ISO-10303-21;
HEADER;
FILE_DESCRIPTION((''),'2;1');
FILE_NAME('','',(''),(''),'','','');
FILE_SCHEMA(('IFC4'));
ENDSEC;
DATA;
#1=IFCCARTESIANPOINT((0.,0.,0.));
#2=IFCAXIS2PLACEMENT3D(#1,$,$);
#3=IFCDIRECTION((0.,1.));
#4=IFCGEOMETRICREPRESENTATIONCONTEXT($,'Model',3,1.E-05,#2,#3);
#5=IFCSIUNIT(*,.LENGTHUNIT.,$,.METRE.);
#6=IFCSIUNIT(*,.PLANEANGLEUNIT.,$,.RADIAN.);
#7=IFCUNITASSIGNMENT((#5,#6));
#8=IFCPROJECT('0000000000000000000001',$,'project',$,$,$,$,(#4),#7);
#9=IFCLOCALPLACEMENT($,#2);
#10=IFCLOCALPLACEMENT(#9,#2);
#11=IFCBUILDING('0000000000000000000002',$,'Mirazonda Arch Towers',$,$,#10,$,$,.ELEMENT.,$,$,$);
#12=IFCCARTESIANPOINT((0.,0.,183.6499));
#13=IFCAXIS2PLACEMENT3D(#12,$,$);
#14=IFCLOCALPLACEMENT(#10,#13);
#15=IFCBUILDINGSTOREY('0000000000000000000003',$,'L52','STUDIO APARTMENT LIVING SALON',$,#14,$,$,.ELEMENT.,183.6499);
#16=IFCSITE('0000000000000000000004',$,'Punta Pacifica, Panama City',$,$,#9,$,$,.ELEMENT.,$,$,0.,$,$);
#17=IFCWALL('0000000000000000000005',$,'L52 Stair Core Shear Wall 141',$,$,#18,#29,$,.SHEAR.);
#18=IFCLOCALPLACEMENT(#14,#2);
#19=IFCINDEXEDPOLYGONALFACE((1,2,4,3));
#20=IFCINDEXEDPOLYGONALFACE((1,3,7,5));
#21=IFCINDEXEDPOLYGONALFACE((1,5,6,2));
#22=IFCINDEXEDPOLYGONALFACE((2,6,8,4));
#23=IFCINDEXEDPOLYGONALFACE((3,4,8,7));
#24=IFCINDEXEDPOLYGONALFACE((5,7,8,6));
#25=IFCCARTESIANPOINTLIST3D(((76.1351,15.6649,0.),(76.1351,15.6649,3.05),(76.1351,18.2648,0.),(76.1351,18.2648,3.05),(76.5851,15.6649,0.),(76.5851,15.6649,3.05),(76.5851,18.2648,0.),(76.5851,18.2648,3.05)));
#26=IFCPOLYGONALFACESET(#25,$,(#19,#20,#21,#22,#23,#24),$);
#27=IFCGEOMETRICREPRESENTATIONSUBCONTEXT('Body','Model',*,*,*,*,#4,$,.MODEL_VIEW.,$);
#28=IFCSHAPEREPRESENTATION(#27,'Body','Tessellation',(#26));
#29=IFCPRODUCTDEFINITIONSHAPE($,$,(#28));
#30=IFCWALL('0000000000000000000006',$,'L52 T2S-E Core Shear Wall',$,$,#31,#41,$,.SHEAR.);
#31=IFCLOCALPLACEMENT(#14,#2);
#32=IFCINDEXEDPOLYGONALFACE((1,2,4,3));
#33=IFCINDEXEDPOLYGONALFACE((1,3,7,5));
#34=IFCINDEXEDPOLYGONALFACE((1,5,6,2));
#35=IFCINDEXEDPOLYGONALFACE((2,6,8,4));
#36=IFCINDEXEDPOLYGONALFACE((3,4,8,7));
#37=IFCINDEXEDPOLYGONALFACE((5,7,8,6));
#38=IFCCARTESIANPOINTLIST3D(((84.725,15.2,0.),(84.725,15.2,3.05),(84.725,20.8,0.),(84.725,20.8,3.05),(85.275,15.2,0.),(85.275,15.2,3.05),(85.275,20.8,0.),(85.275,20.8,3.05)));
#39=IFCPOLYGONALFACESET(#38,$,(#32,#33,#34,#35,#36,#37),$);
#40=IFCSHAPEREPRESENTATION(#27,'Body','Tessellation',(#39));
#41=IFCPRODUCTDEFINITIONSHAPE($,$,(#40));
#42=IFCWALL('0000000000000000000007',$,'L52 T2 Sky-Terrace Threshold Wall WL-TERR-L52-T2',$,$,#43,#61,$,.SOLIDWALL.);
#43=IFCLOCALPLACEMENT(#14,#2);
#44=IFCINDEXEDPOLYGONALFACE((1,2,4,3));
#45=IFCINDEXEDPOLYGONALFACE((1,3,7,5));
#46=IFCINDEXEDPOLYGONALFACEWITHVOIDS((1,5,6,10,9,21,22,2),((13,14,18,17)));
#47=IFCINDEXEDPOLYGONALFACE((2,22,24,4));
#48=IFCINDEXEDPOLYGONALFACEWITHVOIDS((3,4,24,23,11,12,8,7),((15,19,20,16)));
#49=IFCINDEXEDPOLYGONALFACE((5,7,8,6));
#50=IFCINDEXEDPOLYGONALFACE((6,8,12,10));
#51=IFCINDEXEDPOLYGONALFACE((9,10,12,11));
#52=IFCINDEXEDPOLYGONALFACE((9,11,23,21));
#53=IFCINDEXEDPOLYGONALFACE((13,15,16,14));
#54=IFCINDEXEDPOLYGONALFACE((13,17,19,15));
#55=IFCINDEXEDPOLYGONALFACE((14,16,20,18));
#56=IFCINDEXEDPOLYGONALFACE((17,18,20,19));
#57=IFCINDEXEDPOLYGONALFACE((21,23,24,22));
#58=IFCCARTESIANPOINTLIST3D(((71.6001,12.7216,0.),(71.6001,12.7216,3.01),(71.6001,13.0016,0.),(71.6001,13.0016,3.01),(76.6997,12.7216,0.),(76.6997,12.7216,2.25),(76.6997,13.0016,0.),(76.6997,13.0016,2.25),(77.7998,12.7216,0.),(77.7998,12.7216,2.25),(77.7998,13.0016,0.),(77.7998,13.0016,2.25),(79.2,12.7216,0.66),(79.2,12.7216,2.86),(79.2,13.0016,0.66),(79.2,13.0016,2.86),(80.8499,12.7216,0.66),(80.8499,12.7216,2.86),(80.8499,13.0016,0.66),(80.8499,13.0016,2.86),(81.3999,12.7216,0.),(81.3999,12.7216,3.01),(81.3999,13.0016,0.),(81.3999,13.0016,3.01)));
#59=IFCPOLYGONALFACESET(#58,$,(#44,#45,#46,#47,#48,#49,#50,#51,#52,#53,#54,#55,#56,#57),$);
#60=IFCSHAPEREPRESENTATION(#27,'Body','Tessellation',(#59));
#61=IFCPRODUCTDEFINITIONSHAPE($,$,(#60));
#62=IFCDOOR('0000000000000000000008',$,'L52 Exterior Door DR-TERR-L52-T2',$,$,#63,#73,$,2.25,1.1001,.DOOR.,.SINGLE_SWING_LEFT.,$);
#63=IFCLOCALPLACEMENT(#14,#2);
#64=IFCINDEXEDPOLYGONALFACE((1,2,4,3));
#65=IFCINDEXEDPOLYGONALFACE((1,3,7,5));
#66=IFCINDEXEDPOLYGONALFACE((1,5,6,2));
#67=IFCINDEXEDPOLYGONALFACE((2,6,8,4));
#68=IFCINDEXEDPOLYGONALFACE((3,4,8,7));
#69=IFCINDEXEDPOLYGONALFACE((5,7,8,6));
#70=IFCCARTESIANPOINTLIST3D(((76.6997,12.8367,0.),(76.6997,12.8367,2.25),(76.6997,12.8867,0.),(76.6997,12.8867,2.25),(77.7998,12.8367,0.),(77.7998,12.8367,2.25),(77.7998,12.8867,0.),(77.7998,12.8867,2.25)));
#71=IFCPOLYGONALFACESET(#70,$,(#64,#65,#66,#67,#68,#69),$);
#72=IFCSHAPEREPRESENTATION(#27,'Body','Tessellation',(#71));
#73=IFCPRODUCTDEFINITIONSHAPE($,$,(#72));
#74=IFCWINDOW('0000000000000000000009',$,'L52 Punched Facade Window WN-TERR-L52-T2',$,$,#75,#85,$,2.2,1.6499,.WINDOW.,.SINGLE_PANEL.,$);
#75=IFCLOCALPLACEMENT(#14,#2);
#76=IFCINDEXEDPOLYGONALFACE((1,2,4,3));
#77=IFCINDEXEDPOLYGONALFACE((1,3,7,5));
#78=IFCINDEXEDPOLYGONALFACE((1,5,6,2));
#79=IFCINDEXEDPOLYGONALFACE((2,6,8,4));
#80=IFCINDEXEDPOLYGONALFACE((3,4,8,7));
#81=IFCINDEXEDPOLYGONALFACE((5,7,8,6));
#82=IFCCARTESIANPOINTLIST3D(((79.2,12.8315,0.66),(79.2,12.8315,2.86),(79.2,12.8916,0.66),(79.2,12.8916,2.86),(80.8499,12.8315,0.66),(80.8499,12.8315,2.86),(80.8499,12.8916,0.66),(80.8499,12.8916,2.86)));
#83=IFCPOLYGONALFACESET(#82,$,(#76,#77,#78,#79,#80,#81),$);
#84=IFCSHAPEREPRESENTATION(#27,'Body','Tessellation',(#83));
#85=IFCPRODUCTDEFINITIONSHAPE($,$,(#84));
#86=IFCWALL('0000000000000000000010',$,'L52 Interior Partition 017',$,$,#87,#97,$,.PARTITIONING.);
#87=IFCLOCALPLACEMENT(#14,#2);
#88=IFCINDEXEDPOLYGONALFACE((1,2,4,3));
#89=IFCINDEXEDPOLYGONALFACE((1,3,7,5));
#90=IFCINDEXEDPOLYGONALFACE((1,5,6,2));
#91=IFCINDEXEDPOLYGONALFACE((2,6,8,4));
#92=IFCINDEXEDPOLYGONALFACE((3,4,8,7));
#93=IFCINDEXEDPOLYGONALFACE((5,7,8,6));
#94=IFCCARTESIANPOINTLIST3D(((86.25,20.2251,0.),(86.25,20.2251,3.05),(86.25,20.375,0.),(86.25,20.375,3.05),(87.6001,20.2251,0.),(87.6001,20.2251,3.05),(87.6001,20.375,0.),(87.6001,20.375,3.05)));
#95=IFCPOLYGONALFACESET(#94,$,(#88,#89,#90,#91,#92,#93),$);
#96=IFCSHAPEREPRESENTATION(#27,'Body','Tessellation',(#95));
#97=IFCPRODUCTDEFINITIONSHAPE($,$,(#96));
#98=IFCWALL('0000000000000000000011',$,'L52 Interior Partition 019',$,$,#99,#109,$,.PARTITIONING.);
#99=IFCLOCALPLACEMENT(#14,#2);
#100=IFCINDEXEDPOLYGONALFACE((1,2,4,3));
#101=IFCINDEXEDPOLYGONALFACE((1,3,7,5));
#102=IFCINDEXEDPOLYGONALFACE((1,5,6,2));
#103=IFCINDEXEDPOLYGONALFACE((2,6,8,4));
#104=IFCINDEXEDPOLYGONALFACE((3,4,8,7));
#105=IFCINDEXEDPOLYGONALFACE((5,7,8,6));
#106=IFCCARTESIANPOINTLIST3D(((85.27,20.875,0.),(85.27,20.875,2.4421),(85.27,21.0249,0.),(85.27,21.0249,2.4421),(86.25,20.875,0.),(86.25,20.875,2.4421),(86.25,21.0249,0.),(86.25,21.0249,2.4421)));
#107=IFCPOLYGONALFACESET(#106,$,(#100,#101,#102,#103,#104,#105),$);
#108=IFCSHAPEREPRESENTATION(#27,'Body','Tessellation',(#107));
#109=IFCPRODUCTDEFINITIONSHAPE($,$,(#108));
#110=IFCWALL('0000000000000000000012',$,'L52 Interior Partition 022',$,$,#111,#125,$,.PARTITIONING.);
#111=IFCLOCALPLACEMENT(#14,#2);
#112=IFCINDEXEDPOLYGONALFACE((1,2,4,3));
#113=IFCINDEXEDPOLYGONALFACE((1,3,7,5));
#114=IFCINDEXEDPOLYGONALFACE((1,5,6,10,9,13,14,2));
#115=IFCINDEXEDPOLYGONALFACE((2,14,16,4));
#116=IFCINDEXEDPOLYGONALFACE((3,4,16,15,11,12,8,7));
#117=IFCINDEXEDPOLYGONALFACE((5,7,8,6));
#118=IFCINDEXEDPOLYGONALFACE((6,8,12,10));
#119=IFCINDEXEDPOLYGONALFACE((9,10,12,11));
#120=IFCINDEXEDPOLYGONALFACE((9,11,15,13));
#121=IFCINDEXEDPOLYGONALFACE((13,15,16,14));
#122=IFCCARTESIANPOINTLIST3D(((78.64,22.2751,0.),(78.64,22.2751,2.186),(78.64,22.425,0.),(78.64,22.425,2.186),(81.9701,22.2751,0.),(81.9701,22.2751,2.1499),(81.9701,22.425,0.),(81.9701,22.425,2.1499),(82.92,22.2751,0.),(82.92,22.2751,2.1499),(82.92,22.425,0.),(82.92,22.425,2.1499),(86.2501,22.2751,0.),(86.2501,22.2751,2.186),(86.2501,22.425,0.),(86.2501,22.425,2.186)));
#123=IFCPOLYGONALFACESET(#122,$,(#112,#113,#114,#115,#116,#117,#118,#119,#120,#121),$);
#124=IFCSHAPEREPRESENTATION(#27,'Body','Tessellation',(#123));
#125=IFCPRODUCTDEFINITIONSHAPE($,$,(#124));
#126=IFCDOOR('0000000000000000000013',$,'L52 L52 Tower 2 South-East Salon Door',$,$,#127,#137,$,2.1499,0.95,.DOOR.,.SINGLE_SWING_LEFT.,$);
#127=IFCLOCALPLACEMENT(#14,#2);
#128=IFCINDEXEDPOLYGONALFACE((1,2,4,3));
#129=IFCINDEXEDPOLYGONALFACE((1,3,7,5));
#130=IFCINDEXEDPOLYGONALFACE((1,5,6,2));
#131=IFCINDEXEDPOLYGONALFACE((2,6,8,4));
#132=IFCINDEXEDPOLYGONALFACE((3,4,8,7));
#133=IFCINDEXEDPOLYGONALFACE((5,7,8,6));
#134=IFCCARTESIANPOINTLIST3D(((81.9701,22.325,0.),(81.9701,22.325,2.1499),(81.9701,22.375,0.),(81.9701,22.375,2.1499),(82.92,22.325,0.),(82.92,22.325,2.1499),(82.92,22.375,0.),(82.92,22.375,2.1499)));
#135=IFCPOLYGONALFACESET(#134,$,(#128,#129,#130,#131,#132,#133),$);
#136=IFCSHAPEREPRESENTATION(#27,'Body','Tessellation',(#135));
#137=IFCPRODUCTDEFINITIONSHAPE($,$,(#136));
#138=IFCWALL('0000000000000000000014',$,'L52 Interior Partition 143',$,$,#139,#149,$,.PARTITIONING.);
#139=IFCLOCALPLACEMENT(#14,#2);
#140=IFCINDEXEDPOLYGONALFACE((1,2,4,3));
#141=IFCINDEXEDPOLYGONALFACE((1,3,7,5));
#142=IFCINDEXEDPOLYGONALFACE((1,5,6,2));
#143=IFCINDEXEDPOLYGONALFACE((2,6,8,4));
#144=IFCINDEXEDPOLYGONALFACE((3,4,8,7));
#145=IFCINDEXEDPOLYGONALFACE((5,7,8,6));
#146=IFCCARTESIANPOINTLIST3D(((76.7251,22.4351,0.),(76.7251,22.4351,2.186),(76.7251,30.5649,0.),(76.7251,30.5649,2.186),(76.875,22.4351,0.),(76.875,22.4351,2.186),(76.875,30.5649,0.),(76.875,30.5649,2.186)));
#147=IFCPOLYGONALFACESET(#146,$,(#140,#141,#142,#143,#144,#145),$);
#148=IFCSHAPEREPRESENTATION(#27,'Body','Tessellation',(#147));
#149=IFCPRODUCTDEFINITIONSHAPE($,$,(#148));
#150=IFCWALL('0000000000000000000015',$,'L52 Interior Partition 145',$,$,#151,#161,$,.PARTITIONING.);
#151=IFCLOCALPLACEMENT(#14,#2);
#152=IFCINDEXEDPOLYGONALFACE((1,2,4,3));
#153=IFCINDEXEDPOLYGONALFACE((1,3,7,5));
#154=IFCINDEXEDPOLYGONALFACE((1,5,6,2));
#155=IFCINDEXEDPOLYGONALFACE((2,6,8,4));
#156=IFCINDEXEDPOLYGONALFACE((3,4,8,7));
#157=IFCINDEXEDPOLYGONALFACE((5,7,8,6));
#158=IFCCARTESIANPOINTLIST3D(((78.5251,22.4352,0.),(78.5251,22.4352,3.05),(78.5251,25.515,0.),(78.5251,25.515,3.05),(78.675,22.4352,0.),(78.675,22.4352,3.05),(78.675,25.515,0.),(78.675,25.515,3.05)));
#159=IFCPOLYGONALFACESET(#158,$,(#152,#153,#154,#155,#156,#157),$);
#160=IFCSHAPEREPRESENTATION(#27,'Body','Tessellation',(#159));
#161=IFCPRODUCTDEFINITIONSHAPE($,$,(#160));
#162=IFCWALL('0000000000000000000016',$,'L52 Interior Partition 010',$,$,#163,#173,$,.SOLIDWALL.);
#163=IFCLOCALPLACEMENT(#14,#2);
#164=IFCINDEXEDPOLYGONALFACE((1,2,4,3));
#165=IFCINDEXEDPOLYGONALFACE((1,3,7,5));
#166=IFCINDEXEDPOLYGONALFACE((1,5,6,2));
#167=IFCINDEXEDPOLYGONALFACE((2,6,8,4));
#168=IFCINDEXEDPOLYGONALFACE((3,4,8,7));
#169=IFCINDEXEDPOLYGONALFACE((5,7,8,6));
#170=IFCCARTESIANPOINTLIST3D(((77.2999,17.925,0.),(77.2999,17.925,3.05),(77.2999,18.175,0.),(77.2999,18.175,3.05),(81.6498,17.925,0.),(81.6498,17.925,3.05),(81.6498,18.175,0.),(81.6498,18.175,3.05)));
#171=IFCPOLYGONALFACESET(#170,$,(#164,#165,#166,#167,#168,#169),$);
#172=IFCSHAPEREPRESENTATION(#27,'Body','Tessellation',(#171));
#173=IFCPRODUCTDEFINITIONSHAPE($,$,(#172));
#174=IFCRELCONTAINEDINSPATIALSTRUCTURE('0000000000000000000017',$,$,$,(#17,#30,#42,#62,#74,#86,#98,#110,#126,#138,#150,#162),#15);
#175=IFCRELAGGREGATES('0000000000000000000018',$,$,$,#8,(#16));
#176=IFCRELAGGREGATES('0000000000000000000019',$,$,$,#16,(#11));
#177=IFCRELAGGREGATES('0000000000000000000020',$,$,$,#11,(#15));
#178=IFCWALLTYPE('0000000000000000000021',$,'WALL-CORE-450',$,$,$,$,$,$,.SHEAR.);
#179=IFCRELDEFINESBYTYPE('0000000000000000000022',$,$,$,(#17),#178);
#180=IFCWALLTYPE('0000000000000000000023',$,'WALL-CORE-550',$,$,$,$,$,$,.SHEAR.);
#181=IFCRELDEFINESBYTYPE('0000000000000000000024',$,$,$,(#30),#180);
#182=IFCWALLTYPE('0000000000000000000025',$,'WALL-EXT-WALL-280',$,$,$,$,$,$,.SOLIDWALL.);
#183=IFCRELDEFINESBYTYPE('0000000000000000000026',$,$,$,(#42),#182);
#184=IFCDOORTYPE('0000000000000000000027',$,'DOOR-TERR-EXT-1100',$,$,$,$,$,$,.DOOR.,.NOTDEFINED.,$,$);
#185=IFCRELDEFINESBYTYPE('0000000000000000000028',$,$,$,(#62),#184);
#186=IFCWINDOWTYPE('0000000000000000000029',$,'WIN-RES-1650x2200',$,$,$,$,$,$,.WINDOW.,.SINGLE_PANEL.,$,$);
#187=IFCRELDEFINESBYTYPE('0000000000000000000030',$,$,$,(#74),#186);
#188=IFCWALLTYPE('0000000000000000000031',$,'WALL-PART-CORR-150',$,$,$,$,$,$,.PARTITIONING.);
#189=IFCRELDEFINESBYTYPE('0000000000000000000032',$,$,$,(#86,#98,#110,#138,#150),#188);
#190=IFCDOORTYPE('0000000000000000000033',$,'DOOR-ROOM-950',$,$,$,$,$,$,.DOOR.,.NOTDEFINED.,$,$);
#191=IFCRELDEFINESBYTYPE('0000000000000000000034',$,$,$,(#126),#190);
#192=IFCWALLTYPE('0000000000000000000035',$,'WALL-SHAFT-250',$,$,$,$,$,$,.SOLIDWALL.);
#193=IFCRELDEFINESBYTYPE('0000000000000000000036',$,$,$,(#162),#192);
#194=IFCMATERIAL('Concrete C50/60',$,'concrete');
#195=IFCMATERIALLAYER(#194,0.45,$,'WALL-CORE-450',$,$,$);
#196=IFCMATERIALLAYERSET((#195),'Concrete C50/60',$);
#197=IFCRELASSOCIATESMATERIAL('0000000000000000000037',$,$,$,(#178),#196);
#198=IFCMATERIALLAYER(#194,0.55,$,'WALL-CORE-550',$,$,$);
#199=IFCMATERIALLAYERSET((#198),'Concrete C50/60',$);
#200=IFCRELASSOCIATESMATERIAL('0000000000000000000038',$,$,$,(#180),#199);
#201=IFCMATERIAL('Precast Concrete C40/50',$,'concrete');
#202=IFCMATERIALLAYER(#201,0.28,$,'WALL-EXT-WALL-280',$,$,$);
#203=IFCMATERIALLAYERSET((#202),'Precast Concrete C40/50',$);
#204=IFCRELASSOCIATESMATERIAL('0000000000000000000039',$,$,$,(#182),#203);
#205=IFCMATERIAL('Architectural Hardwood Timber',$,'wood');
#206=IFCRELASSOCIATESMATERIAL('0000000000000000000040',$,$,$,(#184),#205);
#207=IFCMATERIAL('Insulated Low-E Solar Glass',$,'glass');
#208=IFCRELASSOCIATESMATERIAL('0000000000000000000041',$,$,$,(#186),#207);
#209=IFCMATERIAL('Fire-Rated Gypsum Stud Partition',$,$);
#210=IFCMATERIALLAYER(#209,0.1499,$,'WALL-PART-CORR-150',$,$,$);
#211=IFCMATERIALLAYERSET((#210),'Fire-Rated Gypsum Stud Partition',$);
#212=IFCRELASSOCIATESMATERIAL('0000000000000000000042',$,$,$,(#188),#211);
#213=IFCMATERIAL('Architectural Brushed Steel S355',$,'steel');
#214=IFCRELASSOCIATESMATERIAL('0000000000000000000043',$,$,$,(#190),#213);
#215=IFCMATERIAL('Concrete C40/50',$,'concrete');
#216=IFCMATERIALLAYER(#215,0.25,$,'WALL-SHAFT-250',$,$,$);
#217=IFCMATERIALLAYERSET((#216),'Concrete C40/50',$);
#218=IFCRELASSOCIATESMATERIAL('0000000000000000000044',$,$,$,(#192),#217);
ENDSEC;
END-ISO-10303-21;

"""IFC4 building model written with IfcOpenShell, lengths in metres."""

from ifc_helpers import new_model, si_unit, direction, frame, frame_2d, origin, place, context, subcontext, project, spatial, rectangle, extrude, material, layer, layer_set, type_object, element, fill, save


model = new_model("IFC4")

# Units and contexts
model_context = context("Model", 3, precision=1e-05, world=origin(), true_north=direction((0.0, 1.0)))
body_context = subcontext(model_context, "Body", "Model", "MODEL_VIEW")
ifc_project = project(units=[si_unit("LENGTHUNIT", "METRE"), si_unit("PLANEANGLEUNIT", "RADIAN")], contexts=[model_context])

# Site, building, storey
site_placement = place(None, origin())
site = spatial("IfcSite", under=ifc_project, at=site_placement, Name="Punta Pacifica, Panama City", CompositionType="ELEMENT", RefElevation=0.0)
building_placement = place(site_placement, origin())
building = spatial("IfcBuilding", under=site, at=building_placement, Name="Mirazonda Arch Towers", CompositionType="ELEMENT")
storey_placement = place(building_placement, frame((0.0, 0.0, 183.6499)))
storey = spatial("IfcBuildingStorey", under=building, at=storey_placement, Name="L52", Description="STUDIO APARTMENT LIVING SALON", CompositionType="ELEMENT", Elevation=183.6499)

# Shared definitions
ifc_material_1 = material(Name="Concrete C50/60", Category="concrete")

# Shared definitions
ifc_material_2 = material(Name="Insulated Low-E Solar Glass", Category="glass")

# Walls
ifc_layer_1 = layer(ifc_material_1, 0.45, Name="WALL-CORE-450")
ifc_layer_set_1 = layer_set([ifc_layer_1], Name="Concrete C50/60")
wall_type_1 = type_object("IfcWallType", Name="WALL-CORE-450", PredefinedType="SHEAR", material=ifc_layer_set_1)
wall_1_placement = place(storey_placement, frame((76.3601, 15.665, 0.0), z_axis=(0.0, 0.0, 1.0), x_axis=(0.0, 1.0, 0.0)))
element("IfcWall", 1, at=wall_1_placement, inside=storey, type_object=wall_type_1, Name="L52 Stair Core Shear Wall 141", PredefinedType="SHEAR", context=body_context, shape_type="SweptSolid", body=[
    extrude(rectangle(XDim=2.5999, YDim=0.45, at=frame_2d((1.2998, 0.0))), origin(), (0.0, 0.0, 1.0), 3.05),
])
ifc_layer_2 = layer(ifc_material_1, 0.55, Name="WALL-CORE-550")
ifc_layer_set_2 = layer_set([ifc_layer_2], Name="Concrete C50/60")
wall_type_2 = type_object("IfcWallType", Name="WALL-CORE-550", PredefinedType="SHEAR", material=ifc_layer_set_2)
wall_2_placement = place(storey_placement, frame((85.0, 15.2, 0.0), z_axis=(0.0, 0.0, 1.0), x_axis=(0.0, 1.0, 0.0)))
element("IfcWall", 2, at=wall_2_placement, inside=storey, type_object=wall_type_2, Name="L52 T2S-E Core Shear Wall", PredefinedType="SHEAR", context=body_context, shape_type="SweptSolid", body=[
    extrude(rectangle(XDim=5.6001, YDim=0.55, at=frame_2d((2.8, 0.0))), origin(), (0.0, 0.0, 1.0), 3.05),
])

# Wall, openings, door, window
ifc_material_3 = material(Name="Precast Concrete C40/50", Category="concrete")
ifc_layer_3 = layer(ifc_material_3, 0.28, Name="WALL-EXT-WALL-280")
ifc_layer_set_3 = layer_set([ifc_layer_3], Name="Precast Concrete C40/50")
wall_type_3 = type_object("IfcWallType", Name="WALL-EXT-WALL-280", PredefinedType="SOLIDWALL", material=ifc_layer_set_3)
wall_3_placement = place(storey_placement, frame((81.3999, 12.8616, 0.0), z_axis=(0.0, 0.0, 1.0), x_axis=(-1.0, 0.0, 0.0)))
wall_3 = element("IfcWall", 3, at=wall_3_placement, inside=storey, type_object=wall_type_3, Name="L52 T2 Sky-Terrace Threshold Wall WL-TERR-L52-T2", PredefinedType="SOLIDWALL", context=body_context, shape_type="SweptSolid", body=[
    extrude(rectangle(XDim=9.7998, YDim=0.28, at=frame_2d((4.8999, 0.0))), origin(), (0.0, 0.0, 1.0), 3.01),
])
opening_1_placement = place(wall_3_placement, frame((0.55, 0.0, 0.6599)))
opening_1 = element("IfcOpeningElement", 4, at=opening_1_placement, cuts=wall_3, PredefinedType="OPENING", context=body_context, shape_type="SweptSolid", body=[
    extrude(rectangle(XDim=1.6499, YDim=2.2, at=frame_2d((0.825, 1.1001))), frame((0.0, 0.1499, 0.0), z_axis=(0.0, -1.0, 0.0), x_axis=(1.0, 0.0, 0.0)), (0.0, 0.0, 1.0), 0.3),
])
opening_2_placement = place(wall_3_placement, frame((3.6001, 0.0, 0.0)))
opening_2 = element("IfcOpeningElement", 5, at=opening_2_placement, cuts=wall_3, PredefinedType="OPENING", context=body_context, shape_type="SweptSolid", body=[
    extrude(rectangle(XDim=1.1001, YDim=2.25, at=frame_2d((0.55, 1.125))), frame((0.0, 0.1499, 0.0), z_axis=(0.0, -1.0, 0.0), x_axis=(1.0, 0.0, 0.0)), (0.0, 0.0, 1.0), 0.3),
])
ifc_material_4 = material(Name="Architectural Hardwood Timber", Category="wood")
door_type_1 = type_object("IfcDoorType", Name="DOOR-TERR-EXT-1100", OperationType="NOTDEFINED", PredefinedType="DOOR", material=ifc_material_4)
door_1_placement = place(opening_2_placement, origin())
door_1 = element("IfcDoor", 6, at=door_1_placement, inside=storey, type_object=door_type_1, Name="L52 Exterior Door DR-TERR-L52-T2", OperationType="SINGLE_SWING_LEFT", OverallHeight=2.25, OverallWidth=1.1001, PredefinedType="DOOR", context=body_context, shape_type="SweptSolid", body=[
    extrude(rectangle(XDim=1.1001, YDim=2.25, at=frame_2d((0.55, 1.125))), frame((0.0, 0.0249, 0.0), z_axis=(0.0, -1.0, 0.0), x_axis=(1.0, 0.0, 0.0)), (0.0, 0.0, 1.0), 0.05),
])
fill(opening_2, door_1)
window_type = type_object("IfcWindowType", Name="WIN-RES-1650x2200", PartitioningType="SINGLE_PANEL", PredefinedType="WINDOW", material=ifc_material_2)
window_placement = place(opening_1_placement, origin())
window = element("IfcWindow", 7, at=window_placement, inside=storey, type_object=window_type, Name="L52 Punched Facade Window WN-TERR-L52-T2", OverallHeight=2.2, OverallWidth=1.6499, PartitioningType="SINGLE_PANEL", PredefinedType="WINDOW", context=body_context, shape_type="SweptSolid", body=[
    extrude(rectangle(XDim=1.6499, YDim=2.2, at=frame_2d((0.825, 1.1001))), frame((0.0, 0.03, 0.0), z_axis=(0.0, -1.0, 0.0), x_axis=(1.0, 0.0, 0.0)), (0.0, 0.0, 1.0), 0.0601),
])
fill(opening_1, window)

# Walls
ifc_material_5 = material(Name="Fire-Rated Gypsum Stud Partition")
ifc_layer_4 = layer(ifc_material_5, 0.1499, Name="WALL-PART-CORR-150")
ifc_layer_set_4 = layer_set([ifc_layer_4], Name="Fire-Rated Gypsum Stud Partition")
wall_type_4 = type_object("IfcWallType", Name="WALL-PART-CORR-150", PredefinedType="PARTITIONING", material=ifc_layer_set_4)
wall_4_placement = place(storey_placement, frame((86.25, 20.3, 0.0), z_axis=(0.0, 0.0, 1.0), x_axis=(1.0, 0.0, 0.0)))
element("IfcWall", 8, at=wall_4_placement, inside=storey, type_object=wall_type_4, Name="L52 Interior Partition 017", PredefinedType="PARTITIONING", context=body_context, shape_type="SweptSolid", body=[
    extrude(rectangle(XDim=1.3501, YDim=0.1499, at=frame_2d((0.675, 0.0))), origin(), (0.0, 0.0, 1.0), 3.05),
])
wall_5_placement = place(storey_placement, frame((85.27, 20.95, 0.0), z_axis=(0.0, 0.0, 1.0), x_axis=(1.0, 0.0, 0.0)))
element("IfcWall", 9, at=wall_5_placement, inside=storey, type_object=wall_type_4, Name="L52 Interior Partition 019", PredefinedType="PARTITIONING", context=body_context, shape_type="SweptSolid", body=[
    extrude(rectangle(XDim=0.98, YDim=0.1499, at=frame_2d((0.49, 0.0))), origin(), (0.0, 0.0, 1.0), 2.4421),
])

# Wall, opening, door
wall_6_placement = place(storey_placement, frame((78.6399, 22.3501, 0.0), z_axis=(0.0, 0.0, 1.0), x_axis=(1.0, 0.0, 0.0)))
wall_6 = element("IfcWall", 10, at=wall_6_placement, inside=storey, type_object=wall_type_4, Name="L52 Interior Partition 022", PredefinedType="PARTITIONING", context=body_context, shape_type="SweptSolid", body=[
    extrude(rectangle(XDim=7.6101, YDim=0.1499, at=frame_2d((3.8052, 0.0))), origin(), (0.0, 0.0, 1.0), 2.186),
])
opening_3_placement = place(wall_6_placement, frame((3.3301, 0.0, 0.0)))
opening_3 = element("IfcOpeningElement", 11, at=opening_3_placement, cuts=wall_6, PredefinedType="OPENING", context=body_context, shape_type="SweptSolid", body=[
    extrude(rectangle(XDim=0.95, YDim=2.1499, at=frame_2d((0.4751, 1.075))), frame((0.0, 0.085, 0.0), z_axis=(0.0, -1.0, 0.0), x_axis=(1.0, 0.0, 0.0)), (0.0, 0.0, 1.0), 0.1699),
])
ifc_material_6 = material(Name="Architectural Brushed Steel S355", Category="steel")
door_type_2 = type_object("IfcDoorType", Name="DOOR-ROOM-950", OperationType="NOTDEFINED", PredefinedType="DOOR", material=ifc_material_6)
door_2_placement = place(opening_3_placement, origin())
door_2 = element("IfcDoor", 12, at=door_2_placement, inside=storey, type_object=door_type_2, Name="L52 L52 Tower 2 South-East Salon Door", OperationType="SINGLE_SWING_LEFT", OverallHeight=2.1499, OverallWidth=0.95, PredefinedType="DOOR", context=body_context, shape_type="SweptSolid", body=[
    extrude(rectangle(XDim=0.95, YDim=2.1499, at=frame_2d((0.4751, 1.075))), frame((0.0, 0.0249, 0.0), z_axis=(0.0, -1.0, 0.0), x_axis=(1.0, 0.0, 0.0)), (0.0, 0.0, 1.0), 0.05),
])
fill(opening_3, door_2)

# Walls
wall_7_placement = place(storey_placement, frame((76.8, 22.4351, 0.0), z_axis=(0.0, 0.0, 1.0), x_axis=(0.0, 1.0, 0.0)))
element("IfcWall", 13, at=wall_7_placement, inside=storey, type_object=wall_type_4, Name="L52 Interior Partition 143", PredefinedType="PARTITIONING", context=body_context, shape_type="SweptSolid", body=[
    extrude(rectangle(XDim=8.1299, YDim=0.1499, at=frame_2d((4.0649, 0.0))), origin(), (0.0, 0.0, 1.0), 2.186),
])
wall_8_placement = place(storey_placement, frame((78.6001, 22.4351, 0.0), z_axis=(0.0, 0.0, 1.0), x_axis=(0.0, 1.0, 0.0)))
element("IfcWall", 14, at=wall_8_placement, inside=storey, type_object=wall_type_4, Name="L52 Interior Partition 145", PredefinedType="PARTITIONING", context=body_context, shape_type="SweptSolid", body=[
    extrude(rectangle(XDim=3.0798, YDim=0.1499, at=frame_2d((1.54, 0.0))), origin(), (0.0, 0.0, 1.0), 3.05),
])
ifc_material_7 = material(Name="Concrete C40/50", Category="concrete")
ifc_layer_5 = layer(ifc_material_7, 0.25, Name="WALL-SHAFT-250")
ifc_layer_set_5 = layer_set([ifc_layer_5], Name="Concrete C40/50")
wall_type_5 = type_object("IfcWallType", Name="WALL-SHAFT-250", PredefinedType="SOLIDWALL", material=ifc_layer_set_5)
wall_9_placement = place(storey_placement, frame((77.3, 18.05, 0.0), z_axis=(0.0, 0.0, 1.0), x_axis=(1.0, 0.0, 0.0)))
element("IfcWall", 15, at=wall_9_placement, inside=storey, type_object=wall_type_5, Name="L52 Interior Partition 010", PredefinedType="SOLIDWALL", context=body_context, shape_type="SweptSolid", body=[
    extrude(rectangle(XDim=4.3499, YDim=0.25, at=frame_2d((2.1748, 0.0))), origin(), (0.0, 0.0, 1.0), 3.05),
])

save(model, "model.ifc")
